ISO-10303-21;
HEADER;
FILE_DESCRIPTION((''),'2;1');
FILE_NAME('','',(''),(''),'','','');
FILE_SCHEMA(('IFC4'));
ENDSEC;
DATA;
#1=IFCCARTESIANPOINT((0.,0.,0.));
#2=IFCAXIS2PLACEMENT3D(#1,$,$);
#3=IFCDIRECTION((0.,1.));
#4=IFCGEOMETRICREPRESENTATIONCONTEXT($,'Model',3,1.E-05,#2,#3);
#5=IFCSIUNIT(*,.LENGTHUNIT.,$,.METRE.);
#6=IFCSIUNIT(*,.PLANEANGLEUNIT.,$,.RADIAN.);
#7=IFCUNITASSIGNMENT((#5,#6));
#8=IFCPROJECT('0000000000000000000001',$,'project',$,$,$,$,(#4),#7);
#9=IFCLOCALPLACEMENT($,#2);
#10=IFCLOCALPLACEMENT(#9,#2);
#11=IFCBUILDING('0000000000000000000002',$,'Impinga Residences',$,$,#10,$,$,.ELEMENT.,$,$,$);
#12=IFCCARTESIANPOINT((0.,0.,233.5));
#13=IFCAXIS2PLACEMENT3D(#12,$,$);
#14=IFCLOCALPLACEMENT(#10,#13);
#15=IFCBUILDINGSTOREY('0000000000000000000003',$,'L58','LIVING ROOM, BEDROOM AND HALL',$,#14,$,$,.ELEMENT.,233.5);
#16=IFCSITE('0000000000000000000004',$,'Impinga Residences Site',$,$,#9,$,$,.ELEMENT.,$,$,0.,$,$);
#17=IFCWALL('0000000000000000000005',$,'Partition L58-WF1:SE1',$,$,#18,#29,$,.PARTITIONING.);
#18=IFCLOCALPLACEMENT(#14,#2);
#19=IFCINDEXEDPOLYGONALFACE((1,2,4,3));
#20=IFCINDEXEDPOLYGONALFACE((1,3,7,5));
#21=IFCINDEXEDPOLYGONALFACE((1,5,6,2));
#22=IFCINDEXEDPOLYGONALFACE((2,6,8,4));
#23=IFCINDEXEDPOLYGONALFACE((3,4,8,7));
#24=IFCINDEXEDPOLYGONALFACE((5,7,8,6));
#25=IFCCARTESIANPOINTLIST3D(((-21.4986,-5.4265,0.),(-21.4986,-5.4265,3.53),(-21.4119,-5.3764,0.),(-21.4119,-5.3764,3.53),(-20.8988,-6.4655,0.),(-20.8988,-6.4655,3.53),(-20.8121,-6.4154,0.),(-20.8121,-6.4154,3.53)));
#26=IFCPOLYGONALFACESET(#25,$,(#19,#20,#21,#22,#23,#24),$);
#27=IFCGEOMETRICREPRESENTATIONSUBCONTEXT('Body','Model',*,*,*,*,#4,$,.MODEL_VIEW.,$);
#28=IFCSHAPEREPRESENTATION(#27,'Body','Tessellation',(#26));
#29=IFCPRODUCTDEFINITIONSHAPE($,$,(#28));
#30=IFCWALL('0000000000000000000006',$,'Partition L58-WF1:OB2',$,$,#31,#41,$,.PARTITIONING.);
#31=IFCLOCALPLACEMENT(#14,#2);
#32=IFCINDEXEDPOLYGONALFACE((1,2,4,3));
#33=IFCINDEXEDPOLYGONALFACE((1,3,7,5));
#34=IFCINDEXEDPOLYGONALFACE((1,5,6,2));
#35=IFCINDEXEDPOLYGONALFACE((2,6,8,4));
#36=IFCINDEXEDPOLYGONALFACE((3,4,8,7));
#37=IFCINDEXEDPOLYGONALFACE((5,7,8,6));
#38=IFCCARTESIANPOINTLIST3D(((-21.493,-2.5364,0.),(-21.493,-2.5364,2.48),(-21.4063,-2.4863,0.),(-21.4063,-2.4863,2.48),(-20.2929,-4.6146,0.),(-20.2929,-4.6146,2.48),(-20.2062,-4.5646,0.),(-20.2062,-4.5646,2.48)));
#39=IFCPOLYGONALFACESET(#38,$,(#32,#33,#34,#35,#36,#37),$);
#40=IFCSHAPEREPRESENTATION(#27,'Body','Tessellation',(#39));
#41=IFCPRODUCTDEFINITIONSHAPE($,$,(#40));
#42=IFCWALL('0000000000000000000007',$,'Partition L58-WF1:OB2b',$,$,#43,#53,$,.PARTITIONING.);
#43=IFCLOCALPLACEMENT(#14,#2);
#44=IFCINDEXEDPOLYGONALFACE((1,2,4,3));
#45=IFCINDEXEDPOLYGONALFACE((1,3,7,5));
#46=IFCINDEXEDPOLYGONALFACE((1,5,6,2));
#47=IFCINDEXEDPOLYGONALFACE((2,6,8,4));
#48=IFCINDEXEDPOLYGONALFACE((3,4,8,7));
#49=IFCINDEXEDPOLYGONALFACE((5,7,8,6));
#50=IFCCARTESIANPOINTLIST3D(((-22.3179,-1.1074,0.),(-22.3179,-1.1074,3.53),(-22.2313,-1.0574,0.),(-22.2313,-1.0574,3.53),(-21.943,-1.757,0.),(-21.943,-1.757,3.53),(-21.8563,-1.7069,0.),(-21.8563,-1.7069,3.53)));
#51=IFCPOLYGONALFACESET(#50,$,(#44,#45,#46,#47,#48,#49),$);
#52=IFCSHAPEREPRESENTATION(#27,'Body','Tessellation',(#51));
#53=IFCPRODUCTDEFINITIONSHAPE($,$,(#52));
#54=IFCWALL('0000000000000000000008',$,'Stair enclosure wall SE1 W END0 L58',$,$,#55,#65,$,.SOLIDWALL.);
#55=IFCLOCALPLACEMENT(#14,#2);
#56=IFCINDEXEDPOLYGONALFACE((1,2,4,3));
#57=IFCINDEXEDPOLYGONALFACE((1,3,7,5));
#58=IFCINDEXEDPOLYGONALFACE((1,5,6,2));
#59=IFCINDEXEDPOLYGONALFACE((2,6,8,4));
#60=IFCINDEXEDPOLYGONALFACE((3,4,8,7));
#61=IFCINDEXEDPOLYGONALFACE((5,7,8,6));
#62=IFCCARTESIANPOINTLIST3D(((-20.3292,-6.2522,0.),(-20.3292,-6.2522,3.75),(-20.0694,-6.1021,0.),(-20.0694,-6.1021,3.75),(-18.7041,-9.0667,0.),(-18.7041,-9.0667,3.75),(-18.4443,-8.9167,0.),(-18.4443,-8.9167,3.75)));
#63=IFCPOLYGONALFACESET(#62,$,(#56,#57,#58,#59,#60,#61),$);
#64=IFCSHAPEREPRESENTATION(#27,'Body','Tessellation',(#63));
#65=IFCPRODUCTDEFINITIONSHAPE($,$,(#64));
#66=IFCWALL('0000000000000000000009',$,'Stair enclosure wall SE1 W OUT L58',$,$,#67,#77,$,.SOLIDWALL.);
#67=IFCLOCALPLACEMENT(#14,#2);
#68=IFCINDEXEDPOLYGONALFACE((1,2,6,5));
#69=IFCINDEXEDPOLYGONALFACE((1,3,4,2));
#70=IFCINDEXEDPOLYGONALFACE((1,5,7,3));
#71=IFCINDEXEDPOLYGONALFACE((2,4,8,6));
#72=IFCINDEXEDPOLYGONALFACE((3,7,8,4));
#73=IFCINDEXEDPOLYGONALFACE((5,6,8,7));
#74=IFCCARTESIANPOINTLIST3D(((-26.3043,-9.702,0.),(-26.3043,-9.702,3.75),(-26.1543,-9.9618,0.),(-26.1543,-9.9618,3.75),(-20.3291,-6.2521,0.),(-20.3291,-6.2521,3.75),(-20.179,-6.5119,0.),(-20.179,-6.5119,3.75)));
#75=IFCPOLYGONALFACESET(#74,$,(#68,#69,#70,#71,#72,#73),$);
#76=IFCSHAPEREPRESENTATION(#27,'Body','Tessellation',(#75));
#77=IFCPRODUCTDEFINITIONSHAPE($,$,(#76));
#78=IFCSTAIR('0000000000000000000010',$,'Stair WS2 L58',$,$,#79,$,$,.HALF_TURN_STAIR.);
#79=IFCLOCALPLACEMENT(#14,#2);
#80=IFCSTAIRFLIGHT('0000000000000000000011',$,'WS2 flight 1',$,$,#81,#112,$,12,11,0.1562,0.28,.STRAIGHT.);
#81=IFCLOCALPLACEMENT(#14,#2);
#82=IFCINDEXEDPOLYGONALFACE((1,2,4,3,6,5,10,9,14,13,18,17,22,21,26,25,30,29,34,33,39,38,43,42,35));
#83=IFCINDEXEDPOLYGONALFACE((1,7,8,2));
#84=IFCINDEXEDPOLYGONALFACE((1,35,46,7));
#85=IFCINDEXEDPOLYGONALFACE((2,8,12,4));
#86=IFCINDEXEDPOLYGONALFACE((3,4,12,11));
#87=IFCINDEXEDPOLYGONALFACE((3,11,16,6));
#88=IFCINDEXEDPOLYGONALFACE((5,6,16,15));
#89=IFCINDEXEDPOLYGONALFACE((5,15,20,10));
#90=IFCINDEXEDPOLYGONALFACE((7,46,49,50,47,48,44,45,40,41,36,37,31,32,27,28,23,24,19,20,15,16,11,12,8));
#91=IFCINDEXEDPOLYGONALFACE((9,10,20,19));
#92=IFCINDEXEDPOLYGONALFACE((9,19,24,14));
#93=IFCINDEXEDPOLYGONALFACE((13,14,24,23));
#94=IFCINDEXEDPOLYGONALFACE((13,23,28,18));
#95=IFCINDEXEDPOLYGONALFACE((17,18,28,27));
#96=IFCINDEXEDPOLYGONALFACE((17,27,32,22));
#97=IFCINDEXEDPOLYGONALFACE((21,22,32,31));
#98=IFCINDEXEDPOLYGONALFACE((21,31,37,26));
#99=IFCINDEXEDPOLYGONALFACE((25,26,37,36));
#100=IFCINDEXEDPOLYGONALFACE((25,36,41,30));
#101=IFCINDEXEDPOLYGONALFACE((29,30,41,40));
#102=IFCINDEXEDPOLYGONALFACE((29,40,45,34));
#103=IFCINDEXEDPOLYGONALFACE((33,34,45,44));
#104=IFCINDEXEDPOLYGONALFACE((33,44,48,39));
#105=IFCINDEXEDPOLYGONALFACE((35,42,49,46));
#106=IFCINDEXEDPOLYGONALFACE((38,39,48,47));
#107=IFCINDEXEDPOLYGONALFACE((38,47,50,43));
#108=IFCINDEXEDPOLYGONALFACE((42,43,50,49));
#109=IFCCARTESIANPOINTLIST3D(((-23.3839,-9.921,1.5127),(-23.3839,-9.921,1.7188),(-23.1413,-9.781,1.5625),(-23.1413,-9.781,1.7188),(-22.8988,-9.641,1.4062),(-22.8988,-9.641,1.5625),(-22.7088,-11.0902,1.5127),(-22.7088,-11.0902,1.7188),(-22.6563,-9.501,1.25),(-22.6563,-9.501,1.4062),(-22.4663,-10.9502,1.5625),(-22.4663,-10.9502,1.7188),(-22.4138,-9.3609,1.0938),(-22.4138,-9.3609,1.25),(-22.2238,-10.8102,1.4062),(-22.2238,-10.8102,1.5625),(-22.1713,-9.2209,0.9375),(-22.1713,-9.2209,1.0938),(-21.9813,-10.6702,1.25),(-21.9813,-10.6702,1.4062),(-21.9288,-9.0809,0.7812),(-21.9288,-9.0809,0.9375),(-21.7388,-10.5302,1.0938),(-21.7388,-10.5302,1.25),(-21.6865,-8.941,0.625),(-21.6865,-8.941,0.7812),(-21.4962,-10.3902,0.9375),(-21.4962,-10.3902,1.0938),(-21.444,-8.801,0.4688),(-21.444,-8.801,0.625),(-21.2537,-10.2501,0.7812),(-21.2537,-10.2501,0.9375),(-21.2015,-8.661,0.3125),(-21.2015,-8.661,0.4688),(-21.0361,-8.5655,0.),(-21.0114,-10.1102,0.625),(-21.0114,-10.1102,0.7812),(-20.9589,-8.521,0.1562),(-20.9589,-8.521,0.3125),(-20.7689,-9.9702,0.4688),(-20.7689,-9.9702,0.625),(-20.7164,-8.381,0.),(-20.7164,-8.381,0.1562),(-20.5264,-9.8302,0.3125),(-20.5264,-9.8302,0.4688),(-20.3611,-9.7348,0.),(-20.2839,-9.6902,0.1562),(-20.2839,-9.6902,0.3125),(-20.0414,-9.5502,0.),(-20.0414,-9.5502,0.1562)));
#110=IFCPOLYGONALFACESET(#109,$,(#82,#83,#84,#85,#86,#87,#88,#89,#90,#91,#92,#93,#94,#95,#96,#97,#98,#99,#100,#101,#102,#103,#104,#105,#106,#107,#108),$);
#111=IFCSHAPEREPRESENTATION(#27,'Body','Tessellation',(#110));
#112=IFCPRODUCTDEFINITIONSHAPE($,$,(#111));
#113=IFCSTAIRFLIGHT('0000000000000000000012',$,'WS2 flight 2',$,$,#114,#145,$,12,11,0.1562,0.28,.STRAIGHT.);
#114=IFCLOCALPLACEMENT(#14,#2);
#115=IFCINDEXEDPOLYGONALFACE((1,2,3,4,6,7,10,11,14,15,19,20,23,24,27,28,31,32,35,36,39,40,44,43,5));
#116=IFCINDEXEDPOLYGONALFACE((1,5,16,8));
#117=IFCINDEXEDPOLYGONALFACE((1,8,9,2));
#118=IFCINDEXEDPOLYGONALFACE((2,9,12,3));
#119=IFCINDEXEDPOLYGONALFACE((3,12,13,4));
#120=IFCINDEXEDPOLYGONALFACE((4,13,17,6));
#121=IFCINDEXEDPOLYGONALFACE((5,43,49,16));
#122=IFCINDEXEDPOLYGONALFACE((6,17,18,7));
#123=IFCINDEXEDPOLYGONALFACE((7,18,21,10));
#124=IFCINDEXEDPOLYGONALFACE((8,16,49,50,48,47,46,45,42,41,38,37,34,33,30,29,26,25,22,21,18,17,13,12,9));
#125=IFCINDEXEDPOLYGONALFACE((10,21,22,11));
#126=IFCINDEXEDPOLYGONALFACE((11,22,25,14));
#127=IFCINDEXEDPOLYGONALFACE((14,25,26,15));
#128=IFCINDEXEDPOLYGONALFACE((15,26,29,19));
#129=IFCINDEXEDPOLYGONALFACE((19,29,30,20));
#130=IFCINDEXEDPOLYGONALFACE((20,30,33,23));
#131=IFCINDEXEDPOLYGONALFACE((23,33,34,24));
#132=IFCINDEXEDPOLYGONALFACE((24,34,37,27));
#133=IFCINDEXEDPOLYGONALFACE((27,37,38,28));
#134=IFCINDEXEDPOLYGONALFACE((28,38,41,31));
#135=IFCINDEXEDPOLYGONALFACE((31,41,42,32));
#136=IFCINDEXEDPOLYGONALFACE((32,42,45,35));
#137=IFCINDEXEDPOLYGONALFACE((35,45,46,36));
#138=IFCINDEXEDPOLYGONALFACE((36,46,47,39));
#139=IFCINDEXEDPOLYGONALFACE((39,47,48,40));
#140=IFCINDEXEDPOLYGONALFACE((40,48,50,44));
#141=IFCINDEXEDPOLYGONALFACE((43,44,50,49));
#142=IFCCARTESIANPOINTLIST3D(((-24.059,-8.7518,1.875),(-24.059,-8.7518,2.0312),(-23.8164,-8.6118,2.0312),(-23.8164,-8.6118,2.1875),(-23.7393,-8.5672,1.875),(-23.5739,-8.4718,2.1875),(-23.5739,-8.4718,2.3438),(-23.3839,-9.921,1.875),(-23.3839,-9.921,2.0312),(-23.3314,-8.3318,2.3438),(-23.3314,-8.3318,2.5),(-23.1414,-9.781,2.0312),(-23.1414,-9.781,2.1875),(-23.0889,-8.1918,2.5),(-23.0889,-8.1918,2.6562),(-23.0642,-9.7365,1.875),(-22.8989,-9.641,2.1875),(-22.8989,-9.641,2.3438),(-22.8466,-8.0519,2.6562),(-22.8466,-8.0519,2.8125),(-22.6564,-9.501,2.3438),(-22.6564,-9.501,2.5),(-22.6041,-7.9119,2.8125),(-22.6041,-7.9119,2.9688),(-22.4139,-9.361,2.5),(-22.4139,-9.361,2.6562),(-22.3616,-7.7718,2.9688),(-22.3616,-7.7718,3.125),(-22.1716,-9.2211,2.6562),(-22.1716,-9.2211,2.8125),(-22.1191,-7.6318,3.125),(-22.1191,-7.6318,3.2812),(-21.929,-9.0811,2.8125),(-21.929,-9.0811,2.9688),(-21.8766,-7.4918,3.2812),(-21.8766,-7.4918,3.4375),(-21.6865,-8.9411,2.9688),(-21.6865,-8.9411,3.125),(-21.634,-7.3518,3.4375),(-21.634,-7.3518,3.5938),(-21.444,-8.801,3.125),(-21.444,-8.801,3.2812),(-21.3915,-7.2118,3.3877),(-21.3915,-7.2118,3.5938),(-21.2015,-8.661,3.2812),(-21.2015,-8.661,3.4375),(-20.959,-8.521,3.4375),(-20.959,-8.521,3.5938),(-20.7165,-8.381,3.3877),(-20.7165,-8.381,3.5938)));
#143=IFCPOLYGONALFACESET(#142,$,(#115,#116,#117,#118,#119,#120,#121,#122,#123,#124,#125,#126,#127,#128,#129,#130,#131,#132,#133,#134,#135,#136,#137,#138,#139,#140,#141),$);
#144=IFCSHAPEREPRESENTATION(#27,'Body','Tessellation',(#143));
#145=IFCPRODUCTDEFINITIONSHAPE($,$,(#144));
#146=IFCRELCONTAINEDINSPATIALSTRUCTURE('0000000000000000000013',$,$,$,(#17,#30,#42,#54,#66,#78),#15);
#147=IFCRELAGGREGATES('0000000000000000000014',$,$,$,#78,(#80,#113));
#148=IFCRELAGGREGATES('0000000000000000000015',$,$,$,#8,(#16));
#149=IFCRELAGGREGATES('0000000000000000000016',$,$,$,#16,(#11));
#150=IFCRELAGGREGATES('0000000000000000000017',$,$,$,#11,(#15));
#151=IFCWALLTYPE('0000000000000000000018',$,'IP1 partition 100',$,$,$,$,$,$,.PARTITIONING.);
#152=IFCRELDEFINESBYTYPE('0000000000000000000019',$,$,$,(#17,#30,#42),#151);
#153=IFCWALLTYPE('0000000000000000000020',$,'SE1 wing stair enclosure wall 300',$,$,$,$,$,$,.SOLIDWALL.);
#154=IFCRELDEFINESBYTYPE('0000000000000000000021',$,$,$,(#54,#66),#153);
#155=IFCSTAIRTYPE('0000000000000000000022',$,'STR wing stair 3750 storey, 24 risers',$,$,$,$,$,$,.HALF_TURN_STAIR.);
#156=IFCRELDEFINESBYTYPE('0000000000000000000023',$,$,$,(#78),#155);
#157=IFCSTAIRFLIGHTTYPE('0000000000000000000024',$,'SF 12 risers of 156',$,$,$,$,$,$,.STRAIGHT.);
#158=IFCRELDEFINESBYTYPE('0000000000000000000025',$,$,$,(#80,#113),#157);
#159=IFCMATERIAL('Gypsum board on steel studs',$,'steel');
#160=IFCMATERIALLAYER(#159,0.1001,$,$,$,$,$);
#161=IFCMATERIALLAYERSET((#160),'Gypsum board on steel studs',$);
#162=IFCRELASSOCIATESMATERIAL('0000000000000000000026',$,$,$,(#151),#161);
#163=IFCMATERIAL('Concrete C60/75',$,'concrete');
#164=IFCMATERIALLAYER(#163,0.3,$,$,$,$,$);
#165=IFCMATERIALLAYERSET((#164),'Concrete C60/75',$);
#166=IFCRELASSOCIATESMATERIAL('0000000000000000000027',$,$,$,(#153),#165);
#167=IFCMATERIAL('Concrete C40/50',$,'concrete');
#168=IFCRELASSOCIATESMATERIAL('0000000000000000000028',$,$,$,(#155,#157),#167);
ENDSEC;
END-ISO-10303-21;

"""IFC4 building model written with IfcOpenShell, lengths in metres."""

from ifc_helpers import new_model, si_unit, direction, frame, frame_2d, origin, place, context, subcontext, project, spatial, polyline, rectangle, outline, extrude, material, layer, layer_set, type_object, element, aggregate, save


model = new_model("IFC4")

# Units and contexts
model_context = context("Model", 3, precision=1e-05, world=origin(), true_north=direction((0.0, 1.0)))
body_context = subcontext(model_context, "Body", "Model", "MODEL_VIEW")
ifc_project = project(units=[si_unit("LENGTHUNIT", "METRE"), si_unit("PLANEANGLEUNIT", "RADIAN")], contexts=[model_context])

# Site, building, storey
site_placement = place(None, origin())
site = spatial("IfcSite", under=ifc_project, at=site_placement, Name="Impinga Residences Site", CompositionType="ELEMENT", RefElevation=0.0)
building_placement = place(site_placement, origin())
building = spatial("IfcBuilding", under=site, at=building_placement, Name="Impinga Residences", CompositionType="ELEMENT")
storey_placement = place(building_placement, frame((0.0, 0.0, 233.5)))
storey = spatial("IfcBuildingStorey", under=building, at=storey_placement, Name="L58", Description="LIVING ROOM, BEDROOM AND HALL", CompositionType="ELEMENT", Elevation=233.5)

# Shared definitions
ifc_material_1 = material(Name="Concrete C60/75", Category="concrete")

# Walls
ifc_material_2 = material(Name="Gypsum board on steel studs", Category="steel")
ifc_layer_1 = layer(ifc_material_2, 0.1001)
ifc_layer_set_1 = layer_set([ifc_layer_1], Name="Gypsum board on steel studs")
wall_type_1 = type_object("IfcWallType", Name="IP1 partition 100", PredefinedType="PARTITIONING", material=ifc_layer_set_1)
wall_1_placement = place(storey_placement, frame((-20.8555, -6.4404, 0.0), z_axis=(0.0, 0.0, 1.0), x_axis=(-0.499969, 0.866043, 0.0)))
element("IfcWall", 1, at=wall_1_placement, inside=storey, type_object=wall_type_1, Name="Partition L58-WF1:SE1", PredefinedType="PARTITIONING", context=body_context, shape_type="SweptSolid", body=[
    extrude(rectangle(XDim=1.1997, YDim=0.1001, at=frame_2d((0.5999, 0.0))), origin(), (0.0, 0.0, 1.0), 3.53),
])
wall_2_placement = place(storey_placement, frame((-20.2495, -4.5896, 0.0), z_axis=(0.0, 0.0, 1.0), x_axis=(-0.500078, 0.865981, 0.0)))
element("IfcWall", 2, at=wall_2_placement, inside=storey, type_object=wall_type_1, Name="Partition L58-WF1:OB2", PredefinedType="PARTITIONING", context=body_context, shape_type="SweptSolid", body=[
    extrude(rectangle(XDim=2.3999, YDim=0.1001, at=frame_2d((1.2, 0.0))), origin(), (0.0, 0.0, 1.0), 2.48),
])
wall_3_placement = place(storey_placement, frame((-21.8997, -1.7319, 0.0), z_axis=(0.0, 0.0, 1.0), x_axis=(-0.49992, 0.866072, 0.0)))
element("IfcWall", 3, at=wall_3_placement, inside=storey, type_object=wall_type_1, Name="Partition L58-WF1:OB2b", PredefinedType="PARTITIONING", context=body_context, shape_type="SweptSolid", body=[
    extrude(rectangle(XDim=0.75, YDim=0.1001, at=frame_2d((0.375, 0.0))), origin(), (0.0, 0.0, 1.0), 3.53),
])
ifc_layer_2 = layer(ifc_material_1, 0.3)
ifc_layer_set_2 = layer_set([ifc_layer_2], Name="Concrete C60/75")
wall_type_2 = type_object("IfcWallType", Name="SE1 wing stair enclosure wall 300", PredefinedType="SOLIDWALL", material=ifc_layer_set_2)
wall_4_placement = place(storey_placement, frame((-18.5742, -8.9917, 0.0), z_axis=(0.0, 0.0, 1.0), x_axis=(-0.500017, 0.866015, 0.0)))
element("IfcWall", 4, at=wall_4_placement, inside=storey, type_object=wall_type_2, Name="Stair enclosure wall SE1 W END0 L58", PredefinedType="SOLIDWALL", context=body_context, shape_type="SweptSolid", body=[
    extrude(rectangle(XDim=3.25, YDim=0.3, at=frame_2d((1.625, 0.0))), origin(), (0.0, 0.0, 1.0), 3.75),
])
wall_5_placement = place(storey_placement, frame((-20.2542, -6.3821, 0.0), z_axis=(0.0, 0.0, 1.0), x_axis=(-0.86602, -0.500009, 0.0)))
element("IfcWall", 5, at=wall_5_placement, inside=storey, type_object=wall_type_2, Name="Stair enclosure wall SE1 W OUT L58", PredefinedType="SOLIDWALL", context=body_context, shape_type="SweptSolid", body=[
    extrude(rectangle(XDim=6.8997, YDim=0.3, at=frame_2d((3.4497, 0.0))), origin(), (0.0, 0.0, 1.0), 3.75),
])

# Stair, stair flights
ifc_material_3 = material(Name="Concrete C40/50", Category="concrete")
stair_type = type_object("IfcStairType", Name="STR wing stair 3750 storey, 24 risers", PredefinedType="HALF_TURN_STAIR", material=ifc_material_3)
stair_placement = place(storey_placement, origin())
stair = element("IfcStair", 6, at=stair_placement, inside=storey, type_object=stair_type, Name="Stair WS2 L58", PredefinedType="HALF_TURN_STAIR")
stair_flight_type = type_object("IfcStairFlightType", Name="SF 12 risers of 156", PredefinedType="STRAIGHT", material=ifc_material_3)
stair_flight_1_placement = place(storey_placement, frame((-20.3789, -8.9656, 0.0), z_axis=(0.0, 0.0, 1.0), x_axis=(-0.866025, -0.5, 0.0)))
stair_flight_1 = element("IfcStairFlight", 7, at=stair_flight_1_placement, type_object=stair_flight_type, Name="WS2 flight 1", NumberOfRisers=12, NumberOfTreads=11, PredefinedType="STRAIGHT", RiserHeight=0.1562, TreadLength=0.28, context=body_context, shape_type="SweptSolid", body=[
    extrude(outline(polyline([(0.0, 0.0), (0.0, 0.1562), (0.28, 0.1562), (0.28, 0.3125), (0.5601, 0.3125), (0.5601, 0.4688), (0.8401, 0.4688), (0.8401, 0.625), (1.1201, 0.625), (1.1201, 0.7812), (1.3999, 0.7812), (1.3999, 0.9375), (1.6799, 0.9375), (1.6799, 1.0938), (1.96, 1.0938), (1.96, 1.25), (2.24, 1.25), (2.24, 1.4062), (2.52, 1.4062), (2.52, 1.5625), (2.8, 1.5625), (2.8, 1.7188), (3.0801, 1.7188), (3.0801, 1.875), (3.0801, 1.5127), (0.3691, 0.0), (0.0, 0.0)])), frame((0.0, 0.675, 0.0), z_axis=(0.0, -1.0, 0.0), x_axis=(1.0, 0.0, 0.0)), (0.0, 0.0, 1.0), 1.3501),
])
stair_flight_2_placement = place(storey_placement, frame((-23.7214, -9.3364, 1.875), z_axis=(0.0, 0.0, 1.0), x_axis=(0.866025, 0.5, 0.0)))
stair_flight_2 = element("IfcStairFlight", 8, at=stair_flight_2_placement, type_object=stair_flight_type, Name="WS2 flight 2", NumberOfRisers=12, NumberOfTreads=11, PredefinedType="STRAIGHT", RiserHeight=0.1562, TreadLength=0.28, context=body_context, shape_type="SweptSolid", body=[
    extrude(outline(polyline([(0.0, 0.0), (0.0, 0.1562), (0.28, 0.1562), (0.28, 0.3125), (0.5601, 0.3125), (0.5601, 0.4688), (0.8401, 0.4688), (0.8401, 0.625), (1.1201, 0.625), (1.1201, 0.7812), (1.3999, 0.7812), (1.3999, 0.9375), (1.6799, 0.9375), (1.6799, 1.0938), (1.96, 1.0938), (1.96, 1.25), (2.24, 1.25), (2.24, 1.4062), (2.52, 1.4062), (2.52, 1.5625), (2.8, 1.5625), (2.8, 1.7188), (3.0801, 1.7188), (3.0801, 1.875), (3.0801, 1.5127), (0.3691, 0.0), (0.0, 0.0)])), frame((0.0, 0.675, 0.0), z_axis=(0.0, -1.0, 0.0), x_axis=(1.0, 0.0, 0.0)), (0.0, 0.0, 1.0), 1.3501),
])
aggregate(stair, [stair_flight_1, stair_flight_2])

save(model, "model.ifc")
